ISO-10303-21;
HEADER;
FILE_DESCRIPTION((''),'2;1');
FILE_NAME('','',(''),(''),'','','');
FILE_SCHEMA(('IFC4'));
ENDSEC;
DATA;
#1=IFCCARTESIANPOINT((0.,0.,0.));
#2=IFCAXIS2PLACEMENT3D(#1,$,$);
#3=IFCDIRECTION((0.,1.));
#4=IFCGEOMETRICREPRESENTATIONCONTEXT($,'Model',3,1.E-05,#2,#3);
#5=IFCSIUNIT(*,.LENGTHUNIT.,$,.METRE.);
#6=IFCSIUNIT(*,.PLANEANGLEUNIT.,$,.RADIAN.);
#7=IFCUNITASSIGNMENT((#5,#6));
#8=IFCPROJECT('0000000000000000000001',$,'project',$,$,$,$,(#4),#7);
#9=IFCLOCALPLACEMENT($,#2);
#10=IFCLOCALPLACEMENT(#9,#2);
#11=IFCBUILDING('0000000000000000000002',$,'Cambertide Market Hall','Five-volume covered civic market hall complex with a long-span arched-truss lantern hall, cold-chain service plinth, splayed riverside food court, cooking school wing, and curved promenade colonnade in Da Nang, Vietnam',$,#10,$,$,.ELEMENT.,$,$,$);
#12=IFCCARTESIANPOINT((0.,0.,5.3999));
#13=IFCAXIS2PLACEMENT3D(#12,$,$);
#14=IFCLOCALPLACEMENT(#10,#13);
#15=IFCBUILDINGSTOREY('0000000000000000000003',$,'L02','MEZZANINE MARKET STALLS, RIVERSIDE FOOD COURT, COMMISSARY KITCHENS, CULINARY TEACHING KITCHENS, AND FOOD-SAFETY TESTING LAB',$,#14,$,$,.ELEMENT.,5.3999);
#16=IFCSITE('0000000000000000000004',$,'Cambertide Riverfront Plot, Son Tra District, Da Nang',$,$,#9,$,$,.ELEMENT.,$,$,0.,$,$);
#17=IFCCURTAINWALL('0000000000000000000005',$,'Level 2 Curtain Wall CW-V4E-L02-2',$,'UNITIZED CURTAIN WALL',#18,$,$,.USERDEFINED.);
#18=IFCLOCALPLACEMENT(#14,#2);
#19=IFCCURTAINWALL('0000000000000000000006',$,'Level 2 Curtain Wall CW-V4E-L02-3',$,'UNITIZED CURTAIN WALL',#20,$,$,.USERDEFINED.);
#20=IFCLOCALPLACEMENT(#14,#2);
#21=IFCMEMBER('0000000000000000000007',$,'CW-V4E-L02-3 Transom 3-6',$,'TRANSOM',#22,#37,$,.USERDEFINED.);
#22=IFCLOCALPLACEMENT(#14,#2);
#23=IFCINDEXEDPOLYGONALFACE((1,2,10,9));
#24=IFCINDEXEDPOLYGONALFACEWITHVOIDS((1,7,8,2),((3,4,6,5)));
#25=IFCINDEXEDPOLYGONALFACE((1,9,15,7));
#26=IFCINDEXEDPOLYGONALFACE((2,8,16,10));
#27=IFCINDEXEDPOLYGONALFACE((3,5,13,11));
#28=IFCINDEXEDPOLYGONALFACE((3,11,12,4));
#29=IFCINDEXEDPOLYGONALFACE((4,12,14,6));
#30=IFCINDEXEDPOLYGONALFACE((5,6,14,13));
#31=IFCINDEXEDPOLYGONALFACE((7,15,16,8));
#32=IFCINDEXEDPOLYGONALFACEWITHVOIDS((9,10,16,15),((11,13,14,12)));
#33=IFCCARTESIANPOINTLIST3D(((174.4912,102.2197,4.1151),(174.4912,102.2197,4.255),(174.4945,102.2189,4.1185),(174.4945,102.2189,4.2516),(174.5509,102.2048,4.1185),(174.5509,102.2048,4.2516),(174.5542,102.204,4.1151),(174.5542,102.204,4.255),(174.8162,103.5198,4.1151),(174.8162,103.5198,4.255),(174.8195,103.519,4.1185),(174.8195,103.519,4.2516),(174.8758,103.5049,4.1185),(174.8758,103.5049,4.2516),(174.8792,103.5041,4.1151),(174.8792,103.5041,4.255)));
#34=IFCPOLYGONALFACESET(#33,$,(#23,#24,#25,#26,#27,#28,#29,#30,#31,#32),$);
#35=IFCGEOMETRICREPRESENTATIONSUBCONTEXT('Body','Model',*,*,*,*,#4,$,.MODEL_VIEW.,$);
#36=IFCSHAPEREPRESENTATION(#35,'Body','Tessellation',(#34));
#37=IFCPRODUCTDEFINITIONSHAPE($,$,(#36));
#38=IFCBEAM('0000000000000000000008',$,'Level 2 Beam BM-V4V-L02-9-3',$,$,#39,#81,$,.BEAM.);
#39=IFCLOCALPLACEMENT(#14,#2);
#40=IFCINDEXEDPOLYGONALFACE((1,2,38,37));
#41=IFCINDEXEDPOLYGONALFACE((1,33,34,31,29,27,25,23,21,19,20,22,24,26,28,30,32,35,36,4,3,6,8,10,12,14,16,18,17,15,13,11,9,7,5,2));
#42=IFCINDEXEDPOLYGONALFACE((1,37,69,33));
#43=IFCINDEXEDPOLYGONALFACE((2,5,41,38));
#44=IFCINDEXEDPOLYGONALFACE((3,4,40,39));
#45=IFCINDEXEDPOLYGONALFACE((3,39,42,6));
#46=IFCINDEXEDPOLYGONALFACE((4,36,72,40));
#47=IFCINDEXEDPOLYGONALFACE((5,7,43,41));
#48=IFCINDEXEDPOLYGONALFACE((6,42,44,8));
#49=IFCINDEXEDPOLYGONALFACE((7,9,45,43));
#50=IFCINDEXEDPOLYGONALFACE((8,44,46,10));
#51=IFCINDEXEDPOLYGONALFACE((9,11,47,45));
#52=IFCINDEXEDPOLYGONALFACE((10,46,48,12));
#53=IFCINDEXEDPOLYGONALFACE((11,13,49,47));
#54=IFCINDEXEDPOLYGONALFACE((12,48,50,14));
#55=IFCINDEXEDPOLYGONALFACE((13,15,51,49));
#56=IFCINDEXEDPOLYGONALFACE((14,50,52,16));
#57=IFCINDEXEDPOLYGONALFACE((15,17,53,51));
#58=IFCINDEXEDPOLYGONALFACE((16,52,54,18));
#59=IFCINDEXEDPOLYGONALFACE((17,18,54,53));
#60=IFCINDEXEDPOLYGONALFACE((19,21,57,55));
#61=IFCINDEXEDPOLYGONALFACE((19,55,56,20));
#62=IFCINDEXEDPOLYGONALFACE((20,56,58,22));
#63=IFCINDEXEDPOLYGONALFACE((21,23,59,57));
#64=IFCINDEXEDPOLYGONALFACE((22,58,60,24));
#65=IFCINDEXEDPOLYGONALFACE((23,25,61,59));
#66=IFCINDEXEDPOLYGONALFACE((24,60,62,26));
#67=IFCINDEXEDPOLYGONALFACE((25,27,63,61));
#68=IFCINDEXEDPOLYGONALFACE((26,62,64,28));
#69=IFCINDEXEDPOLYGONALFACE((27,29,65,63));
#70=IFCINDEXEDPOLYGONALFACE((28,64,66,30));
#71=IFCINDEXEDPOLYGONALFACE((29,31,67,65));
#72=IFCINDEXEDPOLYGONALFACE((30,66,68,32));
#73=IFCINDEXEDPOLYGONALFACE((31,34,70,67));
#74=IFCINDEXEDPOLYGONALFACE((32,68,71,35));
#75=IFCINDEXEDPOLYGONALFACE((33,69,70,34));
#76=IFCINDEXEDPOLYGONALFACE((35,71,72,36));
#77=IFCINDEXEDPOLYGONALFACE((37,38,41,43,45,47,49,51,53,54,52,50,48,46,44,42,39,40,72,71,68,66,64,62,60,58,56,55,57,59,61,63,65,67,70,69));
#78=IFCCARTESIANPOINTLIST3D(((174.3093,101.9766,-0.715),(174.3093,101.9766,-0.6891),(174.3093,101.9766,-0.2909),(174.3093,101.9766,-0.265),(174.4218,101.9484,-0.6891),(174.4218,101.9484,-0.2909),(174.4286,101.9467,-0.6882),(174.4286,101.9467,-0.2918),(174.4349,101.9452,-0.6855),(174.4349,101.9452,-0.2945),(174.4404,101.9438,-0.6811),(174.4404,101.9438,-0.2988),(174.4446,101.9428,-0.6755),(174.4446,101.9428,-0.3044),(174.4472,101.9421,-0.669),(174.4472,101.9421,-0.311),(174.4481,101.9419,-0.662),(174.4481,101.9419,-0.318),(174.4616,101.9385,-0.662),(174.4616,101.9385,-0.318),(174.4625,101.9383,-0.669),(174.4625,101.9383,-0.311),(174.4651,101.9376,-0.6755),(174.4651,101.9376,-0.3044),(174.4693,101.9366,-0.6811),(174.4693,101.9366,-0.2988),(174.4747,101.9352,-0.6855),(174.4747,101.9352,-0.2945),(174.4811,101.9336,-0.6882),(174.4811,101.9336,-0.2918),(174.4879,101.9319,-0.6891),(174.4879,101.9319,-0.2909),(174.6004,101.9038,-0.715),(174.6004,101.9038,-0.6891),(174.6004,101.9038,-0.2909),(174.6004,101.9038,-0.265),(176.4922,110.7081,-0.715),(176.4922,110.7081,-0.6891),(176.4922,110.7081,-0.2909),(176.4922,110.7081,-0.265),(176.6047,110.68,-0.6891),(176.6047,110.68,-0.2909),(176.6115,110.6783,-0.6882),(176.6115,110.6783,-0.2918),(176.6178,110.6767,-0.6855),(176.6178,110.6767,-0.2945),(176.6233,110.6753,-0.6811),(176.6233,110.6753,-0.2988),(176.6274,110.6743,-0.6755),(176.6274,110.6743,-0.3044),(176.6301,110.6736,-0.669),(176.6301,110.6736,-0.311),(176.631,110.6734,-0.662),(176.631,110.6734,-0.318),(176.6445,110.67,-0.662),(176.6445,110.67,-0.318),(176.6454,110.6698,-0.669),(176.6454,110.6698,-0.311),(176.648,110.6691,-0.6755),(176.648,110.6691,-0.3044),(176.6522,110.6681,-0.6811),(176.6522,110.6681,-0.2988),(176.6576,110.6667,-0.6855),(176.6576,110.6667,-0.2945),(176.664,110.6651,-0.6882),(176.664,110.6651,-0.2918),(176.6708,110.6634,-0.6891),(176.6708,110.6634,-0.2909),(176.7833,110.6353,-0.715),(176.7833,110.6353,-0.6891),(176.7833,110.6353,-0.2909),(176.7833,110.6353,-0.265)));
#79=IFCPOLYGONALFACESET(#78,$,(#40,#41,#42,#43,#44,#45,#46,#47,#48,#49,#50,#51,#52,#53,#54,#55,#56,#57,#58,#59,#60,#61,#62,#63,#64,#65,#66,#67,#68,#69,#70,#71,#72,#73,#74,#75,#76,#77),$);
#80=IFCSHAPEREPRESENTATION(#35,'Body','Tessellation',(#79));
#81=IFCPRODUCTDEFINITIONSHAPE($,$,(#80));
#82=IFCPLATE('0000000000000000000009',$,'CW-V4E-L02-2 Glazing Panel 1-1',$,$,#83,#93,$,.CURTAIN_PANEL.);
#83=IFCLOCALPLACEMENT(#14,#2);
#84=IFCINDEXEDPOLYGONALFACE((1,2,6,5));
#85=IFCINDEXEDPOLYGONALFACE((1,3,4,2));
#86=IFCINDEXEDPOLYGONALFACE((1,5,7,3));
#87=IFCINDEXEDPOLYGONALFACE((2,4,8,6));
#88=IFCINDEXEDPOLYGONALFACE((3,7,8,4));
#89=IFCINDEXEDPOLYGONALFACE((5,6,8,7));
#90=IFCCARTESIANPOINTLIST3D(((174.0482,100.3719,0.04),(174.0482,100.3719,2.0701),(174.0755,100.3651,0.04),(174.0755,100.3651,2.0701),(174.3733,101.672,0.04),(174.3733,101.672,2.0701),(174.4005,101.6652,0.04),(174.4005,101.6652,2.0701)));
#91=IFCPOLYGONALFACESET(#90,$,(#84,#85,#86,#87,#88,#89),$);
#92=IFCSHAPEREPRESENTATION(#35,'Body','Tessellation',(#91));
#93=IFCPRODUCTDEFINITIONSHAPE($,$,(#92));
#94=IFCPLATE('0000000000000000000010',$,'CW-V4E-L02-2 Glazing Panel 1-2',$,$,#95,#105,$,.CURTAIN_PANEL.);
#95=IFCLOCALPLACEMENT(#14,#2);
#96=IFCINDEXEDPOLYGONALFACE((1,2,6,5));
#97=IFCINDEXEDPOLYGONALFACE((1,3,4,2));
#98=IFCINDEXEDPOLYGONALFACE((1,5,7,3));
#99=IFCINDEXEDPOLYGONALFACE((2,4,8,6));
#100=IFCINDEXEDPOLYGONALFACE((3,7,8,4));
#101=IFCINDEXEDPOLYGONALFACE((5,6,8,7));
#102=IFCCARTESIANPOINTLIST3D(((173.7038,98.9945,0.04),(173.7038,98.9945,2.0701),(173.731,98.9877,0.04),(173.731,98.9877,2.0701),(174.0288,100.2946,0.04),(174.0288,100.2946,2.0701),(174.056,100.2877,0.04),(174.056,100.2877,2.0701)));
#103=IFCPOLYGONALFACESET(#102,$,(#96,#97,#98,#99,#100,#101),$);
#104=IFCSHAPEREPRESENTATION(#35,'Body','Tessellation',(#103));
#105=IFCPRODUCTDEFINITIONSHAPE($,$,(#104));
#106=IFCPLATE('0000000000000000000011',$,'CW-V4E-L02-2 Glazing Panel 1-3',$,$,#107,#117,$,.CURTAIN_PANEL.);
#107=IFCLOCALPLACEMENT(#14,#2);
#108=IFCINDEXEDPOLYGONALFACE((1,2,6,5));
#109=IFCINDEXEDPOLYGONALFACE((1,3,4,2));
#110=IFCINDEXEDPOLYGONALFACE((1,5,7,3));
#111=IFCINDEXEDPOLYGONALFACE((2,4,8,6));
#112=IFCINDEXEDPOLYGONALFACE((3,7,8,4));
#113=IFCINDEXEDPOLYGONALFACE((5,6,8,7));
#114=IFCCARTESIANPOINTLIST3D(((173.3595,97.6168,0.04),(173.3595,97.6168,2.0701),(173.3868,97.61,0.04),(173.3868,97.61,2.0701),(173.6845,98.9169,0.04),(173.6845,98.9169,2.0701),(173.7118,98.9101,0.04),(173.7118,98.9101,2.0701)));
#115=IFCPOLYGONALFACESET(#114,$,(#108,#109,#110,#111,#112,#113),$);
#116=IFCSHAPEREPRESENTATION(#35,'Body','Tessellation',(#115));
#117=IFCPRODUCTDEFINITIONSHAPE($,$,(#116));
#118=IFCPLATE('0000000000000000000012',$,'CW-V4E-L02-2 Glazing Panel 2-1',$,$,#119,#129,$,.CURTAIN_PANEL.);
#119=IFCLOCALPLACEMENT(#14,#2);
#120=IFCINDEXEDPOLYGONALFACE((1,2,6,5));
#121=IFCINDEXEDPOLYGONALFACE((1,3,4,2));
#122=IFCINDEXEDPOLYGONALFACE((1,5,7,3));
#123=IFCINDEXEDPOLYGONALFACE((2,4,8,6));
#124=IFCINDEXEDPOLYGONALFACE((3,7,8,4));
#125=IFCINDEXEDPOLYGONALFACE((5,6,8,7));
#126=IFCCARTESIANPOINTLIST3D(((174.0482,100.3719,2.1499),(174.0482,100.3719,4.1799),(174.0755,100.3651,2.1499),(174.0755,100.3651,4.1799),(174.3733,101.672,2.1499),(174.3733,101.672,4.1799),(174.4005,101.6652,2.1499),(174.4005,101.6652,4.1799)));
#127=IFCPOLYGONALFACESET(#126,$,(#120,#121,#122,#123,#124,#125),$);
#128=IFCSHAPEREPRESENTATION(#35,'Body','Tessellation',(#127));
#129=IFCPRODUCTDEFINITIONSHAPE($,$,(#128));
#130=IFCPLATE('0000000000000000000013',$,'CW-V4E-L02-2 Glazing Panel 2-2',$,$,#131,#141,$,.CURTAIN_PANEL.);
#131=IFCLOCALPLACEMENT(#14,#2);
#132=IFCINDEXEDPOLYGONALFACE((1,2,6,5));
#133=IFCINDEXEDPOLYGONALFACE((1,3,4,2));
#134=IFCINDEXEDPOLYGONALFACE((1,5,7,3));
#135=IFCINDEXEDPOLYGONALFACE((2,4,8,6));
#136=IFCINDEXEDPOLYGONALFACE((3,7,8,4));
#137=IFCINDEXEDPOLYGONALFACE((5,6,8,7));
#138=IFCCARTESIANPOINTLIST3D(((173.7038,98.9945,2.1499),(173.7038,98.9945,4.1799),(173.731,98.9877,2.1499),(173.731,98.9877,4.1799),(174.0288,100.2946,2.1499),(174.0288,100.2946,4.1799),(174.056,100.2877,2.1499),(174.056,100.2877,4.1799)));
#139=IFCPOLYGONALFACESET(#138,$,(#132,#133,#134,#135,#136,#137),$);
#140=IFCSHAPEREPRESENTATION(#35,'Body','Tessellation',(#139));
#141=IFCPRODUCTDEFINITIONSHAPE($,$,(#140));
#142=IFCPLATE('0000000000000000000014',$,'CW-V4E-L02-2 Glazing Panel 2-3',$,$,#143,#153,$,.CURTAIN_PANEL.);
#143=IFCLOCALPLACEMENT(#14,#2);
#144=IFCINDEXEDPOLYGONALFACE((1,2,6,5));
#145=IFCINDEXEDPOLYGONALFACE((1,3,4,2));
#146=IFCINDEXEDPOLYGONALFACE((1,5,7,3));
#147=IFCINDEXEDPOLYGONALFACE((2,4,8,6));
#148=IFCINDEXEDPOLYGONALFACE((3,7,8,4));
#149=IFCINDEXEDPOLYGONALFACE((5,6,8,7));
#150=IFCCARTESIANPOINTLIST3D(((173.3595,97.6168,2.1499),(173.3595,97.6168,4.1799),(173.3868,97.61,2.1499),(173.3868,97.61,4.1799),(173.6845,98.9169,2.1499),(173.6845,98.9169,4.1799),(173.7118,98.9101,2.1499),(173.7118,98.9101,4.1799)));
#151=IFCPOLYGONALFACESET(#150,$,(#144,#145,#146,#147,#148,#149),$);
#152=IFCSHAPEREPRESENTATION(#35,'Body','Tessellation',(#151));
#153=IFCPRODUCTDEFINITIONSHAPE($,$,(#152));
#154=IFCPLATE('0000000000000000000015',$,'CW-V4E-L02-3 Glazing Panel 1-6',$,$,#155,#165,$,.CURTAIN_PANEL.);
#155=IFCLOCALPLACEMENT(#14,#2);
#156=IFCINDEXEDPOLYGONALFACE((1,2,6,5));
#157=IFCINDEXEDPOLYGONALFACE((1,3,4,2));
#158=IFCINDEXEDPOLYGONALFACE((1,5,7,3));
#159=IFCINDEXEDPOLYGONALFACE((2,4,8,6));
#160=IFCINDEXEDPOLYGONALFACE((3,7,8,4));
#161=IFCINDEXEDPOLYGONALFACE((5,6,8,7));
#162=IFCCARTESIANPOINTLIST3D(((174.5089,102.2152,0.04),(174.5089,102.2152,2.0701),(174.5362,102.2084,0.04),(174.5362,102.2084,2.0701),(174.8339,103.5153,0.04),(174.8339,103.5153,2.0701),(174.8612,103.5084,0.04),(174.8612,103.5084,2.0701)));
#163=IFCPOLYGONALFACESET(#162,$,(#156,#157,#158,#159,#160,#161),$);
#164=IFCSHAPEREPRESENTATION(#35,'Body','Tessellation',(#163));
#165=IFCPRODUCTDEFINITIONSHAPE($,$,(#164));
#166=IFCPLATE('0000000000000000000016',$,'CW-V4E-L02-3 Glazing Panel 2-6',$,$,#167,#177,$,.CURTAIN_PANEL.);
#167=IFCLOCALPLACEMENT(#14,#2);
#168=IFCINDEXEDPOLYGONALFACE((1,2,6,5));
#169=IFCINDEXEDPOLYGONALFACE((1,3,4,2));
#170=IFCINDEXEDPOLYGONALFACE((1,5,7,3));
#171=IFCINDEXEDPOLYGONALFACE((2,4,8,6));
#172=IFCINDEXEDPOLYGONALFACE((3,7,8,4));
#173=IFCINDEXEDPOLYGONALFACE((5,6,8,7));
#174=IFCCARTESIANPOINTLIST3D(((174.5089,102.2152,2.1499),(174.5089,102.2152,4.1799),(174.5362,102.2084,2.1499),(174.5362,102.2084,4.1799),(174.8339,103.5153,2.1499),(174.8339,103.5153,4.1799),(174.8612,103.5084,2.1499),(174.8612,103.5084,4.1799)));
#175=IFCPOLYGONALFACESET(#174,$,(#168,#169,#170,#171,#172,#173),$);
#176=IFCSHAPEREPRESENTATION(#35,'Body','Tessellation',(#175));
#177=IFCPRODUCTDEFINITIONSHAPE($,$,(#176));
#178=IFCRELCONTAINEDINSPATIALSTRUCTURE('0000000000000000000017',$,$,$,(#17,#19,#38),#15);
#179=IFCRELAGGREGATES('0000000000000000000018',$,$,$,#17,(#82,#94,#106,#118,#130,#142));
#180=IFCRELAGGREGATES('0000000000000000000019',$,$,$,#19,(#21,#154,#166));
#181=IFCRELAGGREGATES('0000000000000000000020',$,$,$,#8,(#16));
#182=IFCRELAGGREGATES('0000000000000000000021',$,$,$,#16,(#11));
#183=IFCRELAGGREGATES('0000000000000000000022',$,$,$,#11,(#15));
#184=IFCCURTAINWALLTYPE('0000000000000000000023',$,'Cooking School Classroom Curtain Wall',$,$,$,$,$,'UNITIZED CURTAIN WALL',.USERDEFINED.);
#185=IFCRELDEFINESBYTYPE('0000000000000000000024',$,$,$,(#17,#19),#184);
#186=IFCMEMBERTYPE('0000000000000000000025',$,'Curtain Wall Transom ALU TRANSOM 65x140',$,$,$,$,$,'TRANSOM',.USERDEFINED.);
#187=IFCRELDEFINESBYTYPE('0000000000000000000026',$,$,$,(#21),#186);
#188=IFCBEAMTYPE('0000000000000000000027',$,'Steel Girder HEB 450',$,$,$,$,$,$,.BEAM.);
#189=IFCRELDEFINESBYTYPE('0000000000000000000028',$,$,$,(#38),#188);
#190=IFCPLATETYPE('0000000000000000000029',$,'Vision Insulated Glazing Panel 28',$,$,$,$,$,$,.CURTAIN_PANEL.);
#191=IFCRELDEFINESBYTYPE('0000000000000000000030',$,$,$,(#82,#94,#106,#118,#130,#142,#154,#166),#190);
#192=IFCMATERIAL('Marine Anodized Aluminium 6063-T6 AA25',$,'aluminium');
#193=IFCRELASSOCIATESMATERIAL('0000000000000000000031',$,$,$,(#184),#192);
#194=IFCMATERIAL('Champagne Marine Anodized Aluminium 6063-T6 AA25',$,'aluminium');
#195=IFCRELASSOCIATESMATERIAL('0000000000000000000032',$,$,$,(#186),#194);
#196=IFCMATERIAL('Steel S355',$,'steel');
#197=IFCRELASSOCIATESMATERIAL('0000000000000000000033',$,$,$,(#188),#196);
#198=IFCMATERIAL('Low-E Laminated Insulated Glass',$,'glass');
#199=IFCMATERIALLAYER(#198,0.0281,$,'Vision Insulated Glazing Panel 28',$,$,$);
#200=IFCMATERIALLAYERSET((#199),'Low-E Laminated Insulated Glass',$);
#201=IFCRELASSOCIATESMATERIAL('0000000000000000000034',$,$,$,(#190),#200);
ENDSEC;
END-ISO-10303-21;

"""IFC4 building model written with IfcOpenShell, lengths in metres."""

from ifc_helpers import new_model, si_unit, direction, frame, origin, origin_2d, place, context, subcontext, project, spatial, rectangle, hollow_rectangle, i_section, extrude, material, layer, layer_set, material_profile, profile_set, type_object, element, aggregate, save


model = new_model("IFC4")

# Units and contexts
model_context = context("Model", 3, precision=1e-05, world=origin(), true_north=direction((0.0, 1.0)))
body_context = subcontext(model_context, "Body", "Model", "MODEL_VIEW")
ifc_project = project(units=[si_unit("LENGTHUNIT", "METRE"), si_unit("PLANEANGLEUNIT", "RADIAN")], contexts=[model_context])

# Site, building, storey
site_placement = place(None, origin())
site = spatial("IfcSite", under=ifc_project, at=site_placement, Name="Cambertide Riverfront Plot, Son Tra District, Da Nang", CompositionType="ELEMENT", RefElevation=0.0)
building_placement = place(site_placement, origin())
building = spatial("IfcBuilding", under=site, at=building_placement, Name="Cambertide Market Hall", Description="Five-volume covered civic market hall complex with a long-span arched-truss lantern hall, cold-chain service plinth, splayed riverside food court, cooking school wing, and curved promenade colonnade in Da Nang, Vietnam", CompositionType="ELEMENT")
storey_placement = place(building_placement, frame((0.0, 0.0, 5.3999)))
storey = spatial("IfcBuildingStorey", under=building, at=storey_placement, Name="L02", Description="MEZZANINE MARKET STALLS, RIVERSIDE FOOD COURT, COMMISSARY KITCHENS, CULINARY TEACHING KITCHENS, AND FOOD-SAFETY TESTING LAB", CompositionType="ELEMENT", Elevation=5.3999)

# Curtain walls
ifc_material_1 = material(Name="Marine Anodized Aluminium 6063-T6 AA25", Category="aluminium")
curtain_wall_type = type_object("IfcCurtainWallType", Name="Cooking School Classroom Curtain Wall", ElementType="UNITIZED CURTAIN WALL", PredefinedType="USERDEFINED", material=ifc_material_1)
curtain_wall_1_placement = place(storey_placement, origin())
curtain_wall_1 = element("IfcCurtainWall", 1, at=curtain_wall_1_placement, inside=storey, type_object=curtain_wall_type, Name="Level 2 Curtain Wall CW-V4E-L02-2", ObjectType="UNITIZED CURTAIN WALL", PredefinedType="USERDEFINED")
curtain_wall_2_placement = place(storey_placement, origin())
curtain_wall_2 = element("IfcCurtainWall", 2, at=curtain_wall_2_placement, inside=storey, type_object=curtain_wall_type, Name="Level 2 Curtain Wall CW-V4E-L02-3", ObjectType="UNITIZED CURTAIN WALL", PredefinedType="USERDEFINED")

# Member
ifc_material_2 = material(Name="Champagne Marine Anodized Aluminium 6063-T6 AA25", Category="aluminium")
ifc_material_profile_1 = material_profile(ifc_material_2, hollow_rectangle(XDim=0.0649, YDim=0.1399, WallThickness=0.0034, at=origin_2d()), Name="ALU TRANSOM 65x140")
ifc_profile_set_1 = profile_set([ifc_material_profile_1], Name="Champagne Marine Anodized Aluminium 6063-T6 AA25")
member_type_1 = type_object("IfcMemberType", Name="Curtain Wall Transom ALU TRANSOM 65x140", ElementType="TRANSOM", PredefinedType="USERDEFINED", material=ifc_profile_set_1)
member_1_placement = place(storey_placement, frame((174.8477, 103.512, 4.1851), z_axis=(-0.242493, -0.970153, 0.0), x_axis=(0.970153, -0.242493, 0.0)))
member_1 = element("IfcMember", 3, at=member_1_placement, type_object=member_type_1, Name="CW-V4E-L02-3 Transom 3-6", ObjectType="TRANSOM", PredefinedType="USERDEFINED", context=body_context, shape_type="SweptSolid", body=[
    extrude(hollow_rectangle(XDim=0.0649, YDim=0.1399, WallThickness=0.0034, at=origin_2d()), origin(), (0.0, 0.0, 1.0), 1.3401),
])

# Beam
ifc_material_3 = material(Name="Steel S355", Category="steel")
ifc_material_profile_2 = material_profile(ifc_material_3, i_section(OverallWidth=0.3, OverallDepth=0.45, WebThickness=0.0139, FlangeThickness=0.0259, FilletRadius=0.0271, at=origin_2d()), Name="HEB 450")
ifc_profile_set_2 = profile_set([ifc_material_profile_2], Name="Steel S355")
beam_type = type_object("IfcBeamType", Name="Steel Girder HEB 450", PredefinedType="BEAM", material=ifc_profile_set_2)
beam_placement = place(storey_placement, frame((174.4548, 101.9402, -0.49), z_axis=(0.242536, 0.970143, 0.0), x_axis=(-0.970143, 0.242536, 0.0)))
element("IfcBeam", 4, at=beam_placement, inside=storey, type_object=beam_type, Name="Level 2 Beam BM-V4V-L02-9-3", PredefinedType="BEAM", context=body_context, shape_type="SweptSolid", body=[
    extrude(i_section(OverallWidth=0.3, OverallDepth=0.45, WebThickness=0.0139, FlangeThickness=0.0259, FilletRadius=0.0271, at=origin_2d()), origin(), (0.0, 0.0, 1.0), 9.0002),
])

# Plates
ifc_material_4 = material(Name="Low-E Laminated Insulated Glass", Category="glass")
ifc_layer = layer(ifc_material_4, 0.0281, Name="Vision Insulated Glazing Panel 28")
ifc_layer_set = layer_set([ifc_layer], Name="Low-E Laminated Insulated Glass")
plate_type = type_object("IfcPlateType", Name="Vision Insulated Glazing Panel 28", PredefinedType="CURTAIN_PANEL", material=ifc_layer_set)
plate_1_placement = place(storey_placement, frame((174.2244, 101.0186, 0.04), z_axis=(0.0, 0.0, 1.0), x_axis=(-0.242536, -0.970142, 0.0)))
plate_1 = element("IfcPlate", 5, at=plate_1_placement, type_object=plate_type, Name="CW-V4E-L02-2 Glazing Panel 1-1", PredefinedType="CURTAIN_PANEL", context=body_context, shape_type="SweptSolid", body=[
    extrude(rectangle(XDim=1.3401, YDim=0.0281, at=origin_2d()), origin(), (0.0, 0.0, 1.0), 2.03),
])
plate_2_placement = place(storey_placement, frame((173.8799, 99.6411, 0.04), z_axis=(0.0, 0.0, 1.0), x_axis=(-0.242536, -0.970142, 0.0)))
plate_2 = element("IfcPlate", 6, at=plate_2_placement, type_object=plate_type, Name="CW-V4E-L02-2 Glazing Panel 1-2", PredefinedType="CURTAIN_PANEL", context=body_context, shape_type="SweptSolid", body=[
    extrude(rectangle(XDim=1.3401, YDim=0.0281, at=origin_2d()), origin(), (0.0, 0.0, 1.0), 2.03),
])
plate_3_placement = place(storey_placement, frame((173.5356, 98.2634, 0.04), z_axis=(0.0, 0.0, 1.0), x_axis=(-0.242536, -0.970142, 0.0)))
plate_3 = element("IfcPlate", 7, at=plate_3_placement, type_object=plate_type, Name="CW-V4E-L02-2 Glazing Panel 1-3", PredefinedType="CURTAIN_PANEL", context=body_context, shape_type="SweptSolid", body=[
    extrude(rectangle(XDim=1.3401, YDim=0.0281, at=origin_2d()), origin(), (0.0, 0.0, 1.0), 2.03),
])
plate_4_placement = place(storey_placement, frame((174.2244, 101.0186, 2.1499), z_axis=(0.0, 0.0, 1.0), x_axis=(-0.242536, -0.970142, 0.0)))
plate_4 = element("IfcPlate", 8, at=plate_4_placement, type_object=plate_type, Name="CW-V4E-L02-2 Glazing Panel 2-1", PredefinedType="CURTAIN_PANEL", context=body_context, shape_type="SweptSolid", body=[
    extrude(rectangle(XDim=1.3401, YDim=0.0281, at=origin_2d()), origin(), (0.0, 0.0, 1.0), 2.03),
])
plate_5_placement = place(storey_placement, frame((173.8799, 99.6411, 2.1499), z_axis=(0.0, 0.0, 1.0), x_axis=(-0.242536, -0.970142, 0.0)))
plate_5 = element("IfcPlate", 9, at=plate_5_placement, type_object=plate_type, Name="CW-V4E-L02-2 Glazing Panel 2-2", PredefinedType="CURTAIN_PANEL", context=body_context, shape_type="SweptSolid", body=[
    extrude(rectangle(XDim=1.3401, YDim=0.0281, at=origin_2d()), origin(), (0.0, 0.0, 1.0), 2.03),
])
plate_6_placement = place(storey_placement, frame((173.5356, 98.2634, 2.1499), z_axis=(0.0, 0.0, 1.0), x_axis=(-0.242536, -0.970142, 0.0)))
plate_6 = element("IfcPlate", 10, at=plate_6_placement, type_object=plate_type, Name="CW-V4E-L02-2 Glazing Panel 2-3", PredefinedType="CURTAIN_PANEL", context=body_context, shape_type="SweptSolid", body=[
    extrude(rectangle(XDim=1.3401, YDim=0.0281, at=origin_2d()), origin(), (0.0, 0.0, 1.0), 2.03),
])
aggregate(curtain_wall_1, [plate_1, plate_2, plate_3, plate_4, plate_5, plate_6])
plate_7_placement = place(storey_placement, frame((174.6851, 102.8618, 0.04), z_axis=(0.0, 0.0, 1.0), x_axis=(-0.242536, -0.970143, 0.0)))
plate_7 = element("IfcPlate", 11, at=plate_7_placement, type_object=plate_type, Name="CW-V4E-L02-3 Glazing Panel 1-6", PredefinedType="CURTAIN_PANEL", context=body_context, shape_type="SweptSolid", body=[
    extrude(rectangle(XDim=1.3401, YDim=0.0281, at=origin_2d()), origin(), (0.0, 0.0, 1.0), 2.03),
])
plate_8_placement = place(storey_placement, frame((174.6851, 102.8618, 2.1499), z_axis=(0.0, 0.0, 1.0), x_axis=(-0.242536, -0.970143, 0.0)))
plate_8 = element("IfcPlate", 12, at=plate_8_placement, type_object=plate_type, Name="CW-V4E-L02-3 Glazing Panel 2-6", PredefinedType="CURTAIN_PANEL", context=body_context, shape_type="SweptSolid", body=[
    extrude(rectangle(XDim=1.3401, YDim=0.0281, at=origin_2d()), origin(), (0.0, 0.0, 1.0), 2.03),
])
aggregate(curtain_wall_2, [member_1, plate_7, plate_8])

save(model, "model.ifc")
